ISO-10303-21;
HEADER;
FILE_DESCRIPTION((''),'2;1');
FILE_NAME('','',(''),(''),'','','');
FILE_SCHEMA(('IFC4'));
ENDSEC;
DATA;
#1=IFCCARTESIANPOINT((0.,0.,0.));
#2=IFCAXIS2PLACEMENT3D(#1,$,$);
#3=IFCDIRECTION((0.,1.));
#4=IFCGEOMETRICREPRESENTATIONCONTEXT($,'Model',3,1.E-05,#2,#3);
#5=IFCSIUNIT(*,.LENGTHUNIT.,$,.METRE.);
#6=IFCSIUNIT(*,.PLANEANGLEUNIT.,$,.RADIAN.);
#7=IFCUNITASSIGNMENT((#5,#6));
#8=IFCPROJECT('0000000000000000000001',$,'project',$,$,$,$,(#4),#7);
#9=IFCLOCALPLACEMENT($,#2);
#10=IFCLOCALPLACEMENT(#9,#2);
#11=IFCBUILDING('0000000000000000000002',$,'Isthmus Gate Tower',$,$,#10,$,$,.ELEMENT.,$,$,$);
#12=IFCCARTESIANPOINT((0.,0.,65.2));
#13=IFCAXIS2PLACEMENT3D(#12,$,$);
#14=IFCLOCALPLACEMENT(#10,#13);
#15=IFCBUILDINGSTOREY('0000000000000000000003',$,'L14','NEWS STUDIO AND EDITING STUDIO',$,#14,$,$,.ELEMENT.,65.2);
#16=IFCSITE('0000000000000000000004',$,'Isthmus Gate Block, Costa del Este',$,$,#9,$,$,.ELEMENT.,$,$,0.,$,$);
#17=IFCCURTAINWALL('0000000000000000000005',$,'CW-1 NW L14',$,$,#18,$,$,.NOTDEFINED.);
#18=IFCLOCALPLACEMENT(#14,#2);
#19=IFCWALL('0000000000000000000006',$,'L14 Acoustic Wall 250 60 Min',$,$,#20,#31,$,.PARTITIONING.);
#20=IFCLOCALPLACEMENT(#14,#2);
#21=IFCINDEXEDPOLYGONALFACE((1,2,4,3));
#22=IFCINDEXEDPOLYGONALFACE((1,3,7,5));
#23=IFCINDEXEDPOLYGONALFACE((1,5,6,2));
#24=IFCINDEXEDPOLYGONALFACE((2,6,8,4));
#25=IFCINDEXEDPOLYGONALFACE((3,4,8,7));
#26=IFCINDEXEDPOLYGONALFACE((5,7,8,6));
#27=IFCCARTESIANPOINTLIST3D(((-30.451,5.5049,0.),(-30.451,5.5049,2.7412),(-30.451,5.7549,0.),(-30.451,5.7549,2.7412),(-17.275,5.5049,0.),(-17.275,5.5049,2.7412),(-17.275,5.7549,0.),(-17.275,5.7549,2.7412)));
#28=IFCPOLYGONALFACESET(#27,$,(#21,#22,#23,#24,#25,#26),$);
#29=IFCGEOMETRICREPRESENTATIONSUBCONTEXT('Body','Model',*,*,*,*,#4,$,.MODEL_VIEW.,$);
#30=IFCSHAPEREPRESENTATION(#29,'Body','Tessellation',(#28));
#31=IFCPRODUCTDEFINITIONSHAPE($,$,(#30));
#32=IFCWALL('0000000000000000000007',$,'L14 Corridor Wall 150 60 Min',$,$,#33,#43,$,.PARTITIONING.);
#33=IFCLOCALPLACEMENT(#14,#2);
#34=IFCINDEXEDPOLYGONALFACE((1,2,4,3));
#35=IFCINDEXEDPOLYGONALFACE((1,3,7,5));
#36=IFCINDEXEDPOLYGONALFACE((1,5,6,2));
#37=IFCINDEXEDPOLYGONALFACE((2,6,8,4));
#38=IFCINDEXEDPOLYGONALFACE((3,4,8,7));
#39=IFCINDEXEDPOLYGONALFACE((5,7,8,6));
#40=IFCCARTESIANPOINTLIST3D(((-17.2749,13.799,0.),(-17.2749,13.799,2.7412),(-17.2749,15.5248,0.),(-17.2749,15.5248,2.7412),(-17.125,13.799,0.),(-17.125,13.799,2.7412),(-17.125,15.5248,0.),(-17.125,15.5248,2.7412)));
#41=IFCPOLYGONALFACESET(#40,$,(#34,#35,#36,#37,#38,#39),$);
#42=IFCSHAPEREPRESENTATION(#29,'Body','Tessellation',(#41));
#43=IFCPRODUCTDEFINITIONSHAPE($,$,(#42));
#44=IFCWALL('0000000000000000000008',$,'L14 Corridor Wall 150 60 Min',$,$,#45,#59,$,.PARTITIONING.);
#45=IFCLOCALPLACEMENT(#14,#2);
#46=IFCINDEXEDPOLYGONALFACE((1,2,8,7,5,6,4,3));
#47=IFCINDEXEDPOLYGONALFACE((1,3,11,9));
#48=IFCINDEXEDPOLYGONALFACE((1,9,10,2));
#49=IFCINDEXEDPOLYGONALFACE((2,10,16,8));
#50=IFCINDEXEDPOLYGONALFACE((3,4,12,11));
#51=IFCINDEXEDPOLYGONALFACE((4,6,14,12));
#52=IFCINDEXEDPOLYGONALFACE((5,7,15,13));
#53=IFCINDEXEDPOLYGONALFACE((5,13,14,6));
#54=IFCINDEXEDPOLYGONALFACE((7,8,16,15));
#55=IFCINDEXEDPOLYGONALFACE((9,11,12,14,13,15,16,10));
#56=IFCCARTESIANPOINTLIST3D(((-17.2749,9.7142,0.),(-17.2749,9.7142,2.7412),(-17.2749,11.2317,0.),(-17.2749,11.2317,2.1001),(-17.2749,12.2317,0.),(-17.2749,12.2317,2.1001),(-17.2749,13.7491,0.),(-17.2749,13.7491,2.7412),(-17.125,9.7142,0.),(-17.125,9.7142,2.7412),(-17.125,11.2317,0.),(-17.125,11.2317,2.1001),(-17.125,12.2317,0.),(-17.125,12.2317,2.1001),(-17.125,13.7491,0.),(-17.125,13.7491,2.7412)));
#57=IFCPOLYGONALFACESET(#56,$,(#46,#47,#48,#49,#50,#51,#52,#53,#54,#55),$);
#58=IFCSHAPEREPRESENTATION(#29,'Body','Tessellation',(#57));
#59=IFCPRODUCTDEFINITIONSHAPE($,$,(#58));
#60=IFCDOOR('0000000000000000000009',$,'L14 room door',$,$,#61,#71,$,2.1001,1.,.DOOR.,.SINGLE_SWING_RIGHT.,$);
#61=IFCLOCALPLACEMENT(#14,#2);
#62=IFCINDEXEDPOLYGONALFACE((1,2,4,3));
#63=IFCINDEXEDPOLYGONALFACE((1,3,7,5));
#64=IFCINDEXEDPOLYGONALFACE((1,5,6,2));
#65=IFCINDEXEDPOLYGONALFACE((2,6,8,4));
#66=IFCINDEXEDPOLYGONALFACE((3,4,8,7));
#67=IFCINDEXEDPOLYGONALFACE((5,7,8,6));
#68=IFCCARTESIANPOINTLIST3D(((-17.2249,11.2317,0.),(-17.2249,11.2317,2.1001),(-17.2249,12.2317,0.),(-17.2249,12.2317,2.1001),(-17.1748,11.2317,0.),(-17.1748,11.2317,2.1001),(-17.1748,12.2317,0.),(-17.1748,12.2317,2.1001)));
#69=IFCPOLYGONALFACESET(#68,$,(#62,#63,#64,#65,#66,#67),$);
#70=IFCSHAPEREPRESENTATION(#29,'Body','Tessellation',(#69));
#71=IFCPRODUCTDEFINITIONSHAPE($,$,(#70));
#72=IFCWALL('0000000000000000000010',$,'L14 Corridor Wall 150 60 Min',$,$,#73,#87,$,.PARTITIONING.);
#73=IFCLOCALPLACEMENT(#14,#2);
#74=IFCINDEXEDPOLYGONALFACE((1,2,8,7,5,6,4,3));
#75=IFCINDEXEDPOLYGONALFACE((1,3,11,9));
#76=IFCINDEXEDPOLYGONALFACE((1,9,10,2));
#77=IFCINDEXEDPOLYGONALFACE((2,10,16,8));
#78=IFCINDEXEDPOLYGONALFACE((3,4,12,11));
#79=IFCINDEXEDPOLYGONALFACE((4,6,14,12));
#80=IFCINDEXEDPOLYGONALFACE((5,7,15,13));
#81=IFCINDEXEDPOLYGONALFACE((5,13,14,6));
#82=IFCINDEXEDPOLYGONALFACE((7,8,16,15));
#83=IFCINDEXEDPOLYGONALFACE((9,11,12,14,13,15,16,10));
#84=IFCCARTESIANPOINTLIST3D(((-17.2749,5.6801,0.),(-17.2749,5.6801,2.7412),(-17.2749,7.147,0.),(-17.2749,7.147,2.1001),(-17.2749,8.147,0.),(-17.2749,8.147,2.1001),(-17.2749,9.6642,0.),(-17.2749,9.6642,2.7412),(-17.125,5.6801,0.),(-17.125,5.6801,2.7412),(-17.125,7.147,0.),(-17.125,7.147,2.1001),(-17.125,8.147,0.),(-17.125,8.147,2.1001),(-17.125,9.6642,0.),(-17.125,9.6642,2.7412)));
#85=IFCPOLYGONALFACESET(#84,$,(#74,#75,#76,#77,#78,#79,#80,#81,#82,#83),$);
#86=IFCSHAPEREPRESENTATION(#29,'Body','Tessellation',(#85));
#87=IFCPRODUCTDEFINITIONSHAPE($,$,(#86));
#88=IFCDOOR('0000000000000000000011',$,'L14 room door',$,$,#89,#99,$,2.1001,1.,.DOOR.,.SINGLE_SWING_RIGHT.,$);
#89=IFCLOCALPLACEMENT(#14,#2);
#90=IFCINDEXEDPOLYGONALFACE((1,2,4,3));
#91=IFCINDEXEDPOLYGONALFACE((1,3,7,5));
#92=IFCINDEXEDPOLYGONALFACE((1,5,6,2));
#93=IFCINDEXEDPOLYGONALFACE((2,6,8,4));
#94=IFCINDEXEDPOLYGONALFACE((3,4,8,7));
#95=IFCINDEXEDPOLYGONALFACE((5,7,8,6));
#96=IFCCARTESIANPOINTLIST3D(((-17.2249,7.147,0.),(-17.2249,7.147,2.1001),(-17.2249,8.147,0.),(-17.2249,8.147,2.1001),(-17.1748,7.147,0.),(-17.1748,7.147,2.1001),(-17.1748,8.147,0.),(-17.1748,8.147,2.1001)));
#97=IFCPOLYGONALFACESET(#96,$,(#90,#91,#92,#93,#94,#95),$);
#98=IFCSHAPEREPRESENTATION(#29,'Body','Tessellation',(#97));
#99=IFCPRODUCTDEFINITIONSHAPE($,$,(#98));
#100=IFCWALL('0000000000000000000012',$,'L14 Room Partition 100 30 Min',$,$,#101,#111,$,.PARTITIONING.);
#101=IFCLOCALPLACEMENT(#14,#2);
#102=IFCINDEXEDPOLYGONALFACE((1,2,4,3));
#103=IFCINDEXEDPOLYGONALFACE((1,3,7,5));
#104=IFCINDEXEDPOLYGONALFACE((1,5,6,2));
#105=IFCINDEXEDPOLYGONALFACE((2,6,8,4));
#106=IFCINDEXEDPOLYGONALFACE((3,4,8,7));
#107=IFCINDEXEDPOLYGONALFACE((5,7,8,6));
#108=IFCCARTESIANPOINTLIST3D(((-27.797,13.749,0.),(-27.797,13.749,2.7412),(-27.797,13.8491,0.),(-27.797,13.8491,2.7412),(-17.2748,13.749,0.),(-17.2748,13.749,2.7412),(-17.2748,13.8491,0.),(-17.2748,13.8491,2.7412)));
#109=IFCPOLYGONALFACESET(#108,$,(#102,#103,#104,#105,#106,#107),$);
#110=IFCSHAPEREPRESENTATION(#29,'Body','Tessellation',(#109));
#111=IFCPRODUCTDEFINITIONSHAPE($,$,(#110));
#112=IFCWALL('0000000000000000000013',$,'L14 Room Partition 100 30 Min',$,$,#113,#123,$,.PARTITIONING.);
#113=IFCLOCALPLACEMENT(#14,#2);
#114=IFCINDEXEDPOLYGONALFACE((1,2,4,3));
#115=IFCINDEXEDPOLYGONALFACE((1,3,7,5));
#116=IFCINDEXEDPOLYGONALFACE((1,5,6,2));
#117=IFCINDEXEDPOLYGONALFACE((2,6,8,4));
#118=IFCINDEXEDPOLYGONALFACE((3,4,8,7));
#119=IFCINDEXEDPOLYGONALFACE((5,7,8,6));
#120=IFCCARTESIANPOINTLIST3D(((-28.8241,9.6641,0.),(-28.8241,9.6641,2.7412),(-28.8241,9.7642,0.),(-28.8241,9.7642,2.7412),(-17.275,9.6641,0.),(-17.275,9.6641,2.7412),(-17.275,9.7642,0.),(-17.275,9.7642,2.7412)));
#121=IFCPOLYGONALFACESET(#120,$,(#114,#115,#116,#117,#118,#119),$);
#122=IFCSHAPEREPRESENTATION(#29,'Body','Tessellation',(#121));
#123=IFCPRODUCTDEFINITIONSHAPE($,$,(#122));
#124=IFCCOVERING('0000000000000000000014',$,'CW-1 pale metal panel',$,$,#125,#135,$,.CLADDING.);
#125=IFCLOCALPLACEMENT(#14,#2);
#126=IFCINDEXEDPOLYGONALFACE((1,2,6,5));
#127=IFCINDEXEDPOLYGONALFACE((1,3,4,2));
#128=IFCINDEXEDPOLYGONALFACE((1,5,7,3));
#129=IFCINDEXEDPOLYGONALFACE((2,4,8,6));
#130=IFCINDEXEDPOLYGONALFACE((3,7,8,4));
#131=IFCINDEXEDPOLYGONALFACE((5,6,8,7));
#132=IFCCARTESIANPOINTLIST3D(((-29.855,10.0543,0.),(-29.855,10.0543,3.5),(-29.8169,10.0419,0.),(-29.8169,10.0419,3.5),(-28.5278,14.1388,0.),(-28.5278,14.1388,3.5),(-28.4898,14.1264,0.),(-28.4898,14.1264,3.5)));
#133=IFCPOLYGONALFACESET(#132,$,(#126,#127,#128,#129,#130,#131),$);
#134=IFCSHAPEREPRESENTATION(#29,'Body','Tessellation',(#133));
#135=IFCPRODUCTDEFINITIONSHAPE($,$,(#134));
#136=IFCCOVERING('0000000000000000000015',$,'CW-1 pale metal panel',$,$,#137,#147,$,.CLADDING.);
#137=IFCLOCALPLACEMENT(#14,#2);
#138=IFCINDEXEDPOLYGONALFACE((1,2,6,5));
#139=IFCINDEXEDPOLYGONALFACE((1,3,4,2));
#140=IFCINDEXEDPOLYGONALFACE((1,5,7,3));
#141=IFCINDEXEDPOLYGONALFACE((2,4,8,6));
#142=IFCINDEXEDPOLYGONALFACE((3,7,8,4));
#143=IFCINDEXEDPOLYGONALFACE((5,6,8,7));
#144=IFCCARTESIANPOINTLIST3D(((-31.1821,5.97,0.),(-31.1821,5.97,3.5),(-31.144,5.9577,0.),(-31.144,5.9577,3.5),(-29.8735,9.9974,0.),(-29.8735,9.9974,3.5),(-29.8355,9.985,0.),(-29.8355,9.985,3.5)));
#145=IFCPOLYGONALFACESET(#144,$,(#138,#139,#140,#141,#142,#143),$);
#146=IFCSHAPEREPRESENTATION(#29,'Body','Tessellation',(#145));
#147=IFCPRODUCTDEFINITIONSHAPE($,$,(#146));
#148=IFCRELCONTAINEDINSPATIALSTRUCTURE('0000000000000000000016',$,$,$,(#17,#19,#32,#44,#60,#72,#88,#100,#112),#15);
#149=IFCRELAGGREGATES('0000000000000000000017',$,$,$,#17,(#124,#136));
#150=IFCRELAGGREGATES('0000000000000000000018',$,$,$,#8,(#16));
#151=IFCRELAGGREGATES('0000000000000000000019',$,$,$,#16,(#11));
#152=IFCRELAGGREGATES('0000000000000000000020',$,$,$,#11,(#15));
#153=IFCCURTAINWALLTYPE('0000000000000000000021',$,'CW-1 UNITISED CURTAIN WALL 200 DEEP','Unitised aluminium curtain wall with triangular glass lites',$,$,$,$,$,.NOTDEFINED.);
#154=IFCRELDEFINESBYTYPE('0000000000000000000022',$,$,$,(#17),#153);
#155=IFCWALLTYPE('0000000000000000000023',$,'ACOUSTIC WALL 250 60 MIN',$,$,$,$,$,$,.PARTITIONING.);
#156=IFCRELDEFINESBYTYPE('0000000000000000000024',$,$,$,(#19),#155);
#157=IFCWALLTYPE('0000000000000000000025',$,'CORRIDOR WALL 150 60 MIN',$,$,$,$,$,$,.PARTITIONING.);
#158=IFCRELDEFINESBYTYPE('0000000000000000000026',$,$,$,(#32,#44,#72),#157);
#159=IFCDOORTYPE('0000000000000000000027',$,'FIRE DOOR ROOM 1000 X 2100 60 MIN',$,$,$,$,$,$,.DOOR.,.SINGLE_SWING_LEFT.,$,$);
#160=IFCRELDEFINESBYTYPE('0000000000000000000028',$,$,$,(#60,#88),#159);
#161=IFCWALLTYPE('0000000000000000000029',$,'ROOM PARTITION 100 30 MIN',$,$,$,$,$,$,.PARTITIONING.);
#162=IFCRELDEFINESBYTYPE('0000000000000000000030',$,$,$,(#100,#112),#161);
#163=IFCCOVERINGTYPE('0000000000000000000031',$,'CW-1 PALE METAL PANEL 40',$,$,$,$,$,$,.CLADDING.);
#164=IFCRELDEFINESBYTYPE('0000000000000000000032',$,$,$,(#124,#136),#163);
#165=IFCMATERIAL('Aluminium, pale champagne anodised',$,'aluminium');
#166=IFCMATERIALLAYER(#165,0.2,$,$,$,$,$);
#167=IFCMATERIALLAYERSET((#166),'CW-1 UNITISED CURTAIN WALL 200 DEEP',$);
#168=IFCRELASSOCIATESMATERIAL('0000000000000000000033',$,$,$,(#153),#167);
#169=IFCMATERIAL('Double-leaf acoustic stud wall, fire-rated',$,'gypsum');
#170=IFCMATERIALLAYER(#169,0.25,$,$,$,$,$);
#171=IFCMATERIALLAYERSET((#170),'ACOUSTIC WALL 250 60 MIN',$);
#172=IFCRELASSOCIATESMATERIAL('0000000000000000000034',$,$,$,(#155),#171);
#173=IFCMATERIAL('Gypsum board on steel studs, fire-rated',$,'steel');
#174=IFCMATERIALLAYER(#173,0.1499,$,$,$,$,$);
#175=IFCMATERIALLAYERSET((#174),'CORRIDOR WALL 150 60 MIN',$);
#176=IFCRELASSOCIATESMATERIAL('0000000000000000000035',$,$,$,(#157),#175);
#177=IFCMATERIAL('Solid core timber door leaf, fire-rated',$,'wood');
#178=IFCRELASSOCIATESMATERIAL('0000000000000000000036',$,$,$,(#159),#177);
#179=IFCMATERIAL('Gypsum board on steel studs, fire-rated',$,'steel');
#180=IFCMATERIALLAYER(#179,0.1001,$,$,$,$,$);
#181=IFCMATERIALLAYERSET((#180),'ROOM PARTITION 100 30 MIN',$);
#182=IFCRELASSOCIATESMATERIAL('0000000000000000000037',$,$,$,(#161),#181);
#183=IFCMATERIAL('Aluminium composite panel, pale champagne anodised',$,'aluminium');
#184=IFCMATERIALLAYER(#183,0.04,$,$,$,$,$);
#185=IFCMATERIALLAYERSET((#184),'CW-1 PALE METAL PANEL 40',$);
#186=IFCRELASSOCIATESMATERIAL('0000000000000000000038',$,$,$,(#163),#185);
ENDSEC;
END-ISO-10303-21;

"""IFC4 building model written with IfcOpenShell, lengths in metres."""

from ifc_helpers import new_model, si_unit, direction, frame, frame_2d, origin, origin_2d, place, context, subcontext, project, spatial, rectangle, extrude, material, layer, layer_set, type_object, element, fill, aggregate, save


model = new_model("IFC4")

# Units and contexts
model_context = context("Model", 3, precision=1e-05, world=origin(), true_north=direction((0.0, 1.0)))
body_context = subcontext(model_context, "Body", "Model", "MODEL_VIEW")
ifc_project = project(units=[si_unit("LENGTHUNIT", "METRE"), si_unit("PLANEANGLEUNIT", "RADIAN")], contexts=[model_context])

# Site, building, storey
site_placement = place(None, origin())
site = spatial("IfcSite", under=ifc_project, at=site_placement, Name="Isthmus Gate Block, Costa del Este", CompositionType="ELEMENT", RefElevation=0.0)
building_placement = place(site_placement, origin())
building = spatial("IfcBuilding", under=site, at=building_placement, Name="Isthmus Gate Tower", CompositionType="ELEMENT")
storey_placement = place(building_placement, frame((0.0, 0.0, 65.2)))
storey = spatial("IfcBuildingStorey", under=building, at=storey_placement, Name="L14", Description="NEWS STUDIO AND EDITING STUDIO", CompositionType="ELEMENT", Elevation=65.2)

# Curtain wall
ifc_material_1 = material(Name="Aluminium, pale champagne anodised", Category="aluminium")
ifc_layer_1 = layer(ifc_material_1, 0.2)
ifc_layer_set_1 = layer_set([ifc_layer_1], Name="CW-1 UNITISED CURTAIN WALL 200 DEEP")
curtain_wall_type = type_object("IfcCurtainWallType", Name="CW-1 UNITISED CURTAIN WALL 200 DEEP", Description="Unitised aluminium curtain wall with triangular glass lites", PredefinedType="NOTDEFINED", material=ifc_layer_set_1)
curtain_wall_placement = place(storey_placement, origin())
curtain_wall = element("IfcCurtainWall", 1, at=curtain_wall_placement, inside=storey, type_object=curtain_wall_type, Name="CW-1 NW L14", PredefinedType="NOTDEFINED")

# Walls
ifc_material_2 = material(Name="Double-leaf acoustic stud wall, fire-rated", Category="gypsum")
ifc_layer_2 = layer(ifc_material_2, 0.25)
ifc_layer_set_2 = layer_set([ifc_layer_2], Name="ACOUSTIC WALL 250 60 MIN")
wall_type_1 = type_object("IfcWallType", Name="ACOUSTIC WALL 250 60 MIN", PredefinedType="PARTITIONING", material=ifc_layer_set_2)
wall_1_placement = place(storey_placement, frame((-30.4509, 5.6299, 0.0), z_axis=(0.0, 0.0, 1.0), x_axis=(1.0, 0.0, 0.0)))
element("IfcWall", 2, at=wall_1_placement, inside=storey, type_object=wall_type_1, Name="L14 Acoustic Wall 250 60 Min", PredefinedType="PARTITIONING", context=body_context, shape_type="SweptSolid", body=[
    extrude(rectangle(XDim=13.176, YDim=0.25, at=frame_2d((6.5879, 0.0))), origin(), (0.0, 0.0, 1.0), 2.7412),
])
ifc_material_3 = material(Name="Gypsum board on steel studs, fire-rated", Category="steel")
ifc_layer_3 = layer(ifc_material_3, 0.1499)
ifc_layer_set_3 = layer_set([ifc_layer_3], Name="CORRIDOR WALL 150 60 MIN")
wall_type_2 = type_object("IfcWallType", Name="CORRIDOR WALL 150 60 MIN", PredefinedType="PARTITIONING", material=ifc_layer_set_3)
wall_2_placement = place(storey_placement, frame((-17.2, 13.7991, 0.0), z_axis=(0.0, 0.0, 1.0), x_axis=(0.0, 1.0, 0.0)))
element("IfcWall", 3, at=wall_2_placement, inside=storey, type_object=wall_type_2, Name="L14 Corridor Wall 150 60 Min", PredefinedType="PARTITIONING", context=body_context, shape_type="SweptSolid", body=[
    extrude(rectangle(XDim=1.7258, YDim=0.1499, at=frame_2d((0.8628, 0.0))), origin(), (0.0, 0.0, 1.0), 2.7412),
])

# Walls, openings, doors
wall_3_placement = place(storey_placement, frame((-17.2, 9.7141, 0.0), z_axis=(0.0, 0.0, 1.0), x_axis=(0.0, 1.0, 0.0)))
wall_3 = element("IfcWall", 4, at=wall_3_placement, inside=storey, type_object=wall_type_2, Name="L14 Corridor Wall 150 60 Min", PredefinedType="PARTITIONING", context=body_context, shape_type="SweptSolid", body=[
    extrude(rectangle(XDim=4.0349, YDim=0.1499, at=frame_2d((2.0176, 0.0))), origin(), (0.0, 0.0, 1.0), 2.7412),
])
opening_1_placement = place(wall_3_placement, frame((1.5176, 0.0, 0.0)))
opening_1 = element("IfcOpeningElement", 5, at=opening_1_placement, cuts=wall_3, PredefinedType="OPENING", context=body_context, shape_type="SweptSolid", body=[
    extrude(rectangle(XDim=1.0, YDim=2.1001, at=frame_2d((0.5, 1.05))), frame((0.0, 0.085, 0.0), z_axis=(0.0, -1.0, 0.0), x_axis=(1.0, 0.0, 0.0)), (0.0, 0.0, 1.0), 0.1699),
])
ifc_material_4 = material(Name="Solid core timber door leaf, fire-rated", Category="wood")
door_type = type_object("IfcDoorType", Name="FIRE DOOR ROOM 1000 X 2100 60 MIN", OperationType="SINGLE_SWING_LEFT", PredefinedType="DOOR", material=ifc_material_4)
door_1_placement = place(opening_1_placement, origin())
door_1 = element("IfcDoor", 6, at=door_1_placement, inside=storey, type_object=door_type, Name="L14 room door", OperationType="SINGLE_SWING_RIGHT", OverallHeight=2.1001, OverallWidth=1.0, PredefinedType="DOOR", context=body_context, shape_type="SweptSolid", body=[
    extrude(rectangle(XDim=1.0, YDim=2.1001, at=frame_2d((0.5, 1.05))), frame((0.0, 0.0249, 0.0), z_axis=(0.0, -1.0, 0.0), x_axis=(1.0, 0.0, 0.0)), (0.0, 0.0, 1.0), 0.05),
])
fill(opening_1, door_1)
wall_4_placement = place(storey_placement, frame((-17.2, 5.6799, 0.0), z_axis=(0.0, 0.0, 1.0), x_axis=(0.0, 1.0, 0.0)))
wall_4 = element("IfcWall", 7, at=wall_4_placement, inside=storey, type_object=wall_type_2, Name="L14 Corridor Wall 150 60 Min", PredefinedType="PARTITIONING", context=body_context, shape_type="SweptSolid", body=[
    extrude(rectangle(XDim=3.9841, YDim=0.1499, at=frame_2d((1.9922, 0.0))), origin(), (0.0, 0.0, 1.0), 2.7412),
])
opening_2_placement = place(wall_4_placement, frame((1.467, 0.0, 0.0)))
opening_2 = element("IfcOpeningElement", 8, at=opening_2_placement, cuts=wall_4, PredefinedType="OPENING", context=body_context, shape_type="SweptSolid", body=[
    extrude(rectangle(XDim=1.0, YDim=2.1001, at=frame_2d((0.5, 1.05))), frame((0.0, 0.085, 0.0), z_axis=(0.0, -1.0, 0.0), x_axis=(1.0, 0.0, 0.0)), (0.0, 0.0, 1.0), 0.1699),
])
door_2_placement = place(opening_2_placement, origin())
door_2 = element("IfcDoor", 9, at=door_2_placement, inside=storey, type_object=door_type, Name="L14 room door", OperationType="SINGLE_SWING_RIGHT", OverallHeight=2.1001, OverallWidth=1.0, PredefinedType="DOOR", context=body_context, shape_type="SweptSolid", body=[
    extrude(rectangle(XDim=1.0, YDim=2.1001, at=frame_2d((0.5, 1.05))), frame((0.0, 0.0249, 0.0), z_axis=(0.0, -1.0, 0.0), x_axis=(1.0, 0.0, 0.0)), (0.0, 0.0, 1.0), 0.05),
])
fill(opening_2, door_2)

# Walls
ifc_material_5 = material(Name="Gypsum board on steel studs, fire-rated", Category="steel")
ifc_layer_4 = layer(ifc_material_5, 0.1001)
ifc_layer_set_4 = layer_set([ifc_layer_4], Name="ROOM PARTITION 100 30 MIN")
wall_type_3 = type_object("IfcWallType", Name="ROOM PARTITION 100 30 MIN", PredefinedType="PARTITIONING", material=ifc_layer_set_4)
wall_5_placement = place(storey_placement, frame((-27.7971, 13.7991, 0.0), z_axis=(0.0, 0.0, 1.0), x_axis=(1.0, 0.0, 0.0)))
element("IfcWall", 10, at=wall_5_placement, inside=storey, type_object=wall_type_3, Name="L14 Room Partition 100 30 Min", PredefinedType="PARTITIONING", context=body_context, shape_type="SweptSolid", body=[
    extrude(rectangle(XDim=10.5222, YDim=0.1001, at=frame_2d((5.2612, 0.0))), origin(), (0.0, 0.0, 1.0), 2.7412),
])
wall_6_placement = place(storey_placement, frame((-28.824, 9.7141, 0.0), z_axis=(0.0, 0.0, 1.0), x_axis=(1.0, 0.0, 0.0)))
element("IfcWall", 11, at=wall_6_placement, inside=storey, type_object=wall_type_3, Name="L14 Room Partition 100 30 Min", PredefinedType="PARTITIONING", context=body_context, shape_type="SweptSolid", body=[
    extrude(rectangle(XDim=11.5491, YDim=0.1001, at=frame_2d((5.7744, 0.0))), origin(), (0.0, 0.0, 1.0), 2.7412),
])

# Coverings
ifc_material_6 = material(Name="Aluminium composite panel, pale champagne anodised", Category="aluminium")
ifc_layer_5 = layer(ifc_material_6, 0.04)
ifc_layer_set_5 = layer_set([ifc_layer_5], Name="CW-1 PALE METAL PANEL 40")
covering_type = type_object("IfcCoveringType", Name="CW-1 PALE METAL PANEL 40", PredefinedType="CLADDING", material=ifc_layer_set_5)
covering_1_placement = place(storey_placement, frame((-29.1724, 12.0903, 0.0), z_axis=(0.0, 0.0, 1.0), x_axis=(-0.309017, -0.951057, 0.0)))
covering_1 = element("IfcCovering", 12, at=covering_1_placement, type_object=covering_type, Name="CW-1 pale metal panel", PredefinedType="CLADDING", context=body_context, shape_type="SweptSolid", body=[
    extrude(rectangle(XDim=4.2947, YDim=0.04, at=origin_2d()), origin(), (0.0, 0.0, 1.0), 3.5),
])
covering_2_placement = place(storey_placement, frame((-30.5088, 7.9775, 0.0), z_axis=(0.0, 0.0, 1.0), x_axis=(-0.309017, -0.951057, 0.0)))
covering_2 = element("IfcCovering", 13, at=covering_2_placement, type_object=covering_type, Name="CW-1 pale metal panel", PredefinedType="CLADDING", context=body_context, shape_type="SweptSolid", body=[
    extrude(rectangle(XDim=4.2346, YDim=0.04, at=origin_2d()), origin(), (0.0, 0.0, 1.0), 3.5),
])
aggregate(curtain_wall, [covering_1, covering_2])

save(model, "model.ifc")
